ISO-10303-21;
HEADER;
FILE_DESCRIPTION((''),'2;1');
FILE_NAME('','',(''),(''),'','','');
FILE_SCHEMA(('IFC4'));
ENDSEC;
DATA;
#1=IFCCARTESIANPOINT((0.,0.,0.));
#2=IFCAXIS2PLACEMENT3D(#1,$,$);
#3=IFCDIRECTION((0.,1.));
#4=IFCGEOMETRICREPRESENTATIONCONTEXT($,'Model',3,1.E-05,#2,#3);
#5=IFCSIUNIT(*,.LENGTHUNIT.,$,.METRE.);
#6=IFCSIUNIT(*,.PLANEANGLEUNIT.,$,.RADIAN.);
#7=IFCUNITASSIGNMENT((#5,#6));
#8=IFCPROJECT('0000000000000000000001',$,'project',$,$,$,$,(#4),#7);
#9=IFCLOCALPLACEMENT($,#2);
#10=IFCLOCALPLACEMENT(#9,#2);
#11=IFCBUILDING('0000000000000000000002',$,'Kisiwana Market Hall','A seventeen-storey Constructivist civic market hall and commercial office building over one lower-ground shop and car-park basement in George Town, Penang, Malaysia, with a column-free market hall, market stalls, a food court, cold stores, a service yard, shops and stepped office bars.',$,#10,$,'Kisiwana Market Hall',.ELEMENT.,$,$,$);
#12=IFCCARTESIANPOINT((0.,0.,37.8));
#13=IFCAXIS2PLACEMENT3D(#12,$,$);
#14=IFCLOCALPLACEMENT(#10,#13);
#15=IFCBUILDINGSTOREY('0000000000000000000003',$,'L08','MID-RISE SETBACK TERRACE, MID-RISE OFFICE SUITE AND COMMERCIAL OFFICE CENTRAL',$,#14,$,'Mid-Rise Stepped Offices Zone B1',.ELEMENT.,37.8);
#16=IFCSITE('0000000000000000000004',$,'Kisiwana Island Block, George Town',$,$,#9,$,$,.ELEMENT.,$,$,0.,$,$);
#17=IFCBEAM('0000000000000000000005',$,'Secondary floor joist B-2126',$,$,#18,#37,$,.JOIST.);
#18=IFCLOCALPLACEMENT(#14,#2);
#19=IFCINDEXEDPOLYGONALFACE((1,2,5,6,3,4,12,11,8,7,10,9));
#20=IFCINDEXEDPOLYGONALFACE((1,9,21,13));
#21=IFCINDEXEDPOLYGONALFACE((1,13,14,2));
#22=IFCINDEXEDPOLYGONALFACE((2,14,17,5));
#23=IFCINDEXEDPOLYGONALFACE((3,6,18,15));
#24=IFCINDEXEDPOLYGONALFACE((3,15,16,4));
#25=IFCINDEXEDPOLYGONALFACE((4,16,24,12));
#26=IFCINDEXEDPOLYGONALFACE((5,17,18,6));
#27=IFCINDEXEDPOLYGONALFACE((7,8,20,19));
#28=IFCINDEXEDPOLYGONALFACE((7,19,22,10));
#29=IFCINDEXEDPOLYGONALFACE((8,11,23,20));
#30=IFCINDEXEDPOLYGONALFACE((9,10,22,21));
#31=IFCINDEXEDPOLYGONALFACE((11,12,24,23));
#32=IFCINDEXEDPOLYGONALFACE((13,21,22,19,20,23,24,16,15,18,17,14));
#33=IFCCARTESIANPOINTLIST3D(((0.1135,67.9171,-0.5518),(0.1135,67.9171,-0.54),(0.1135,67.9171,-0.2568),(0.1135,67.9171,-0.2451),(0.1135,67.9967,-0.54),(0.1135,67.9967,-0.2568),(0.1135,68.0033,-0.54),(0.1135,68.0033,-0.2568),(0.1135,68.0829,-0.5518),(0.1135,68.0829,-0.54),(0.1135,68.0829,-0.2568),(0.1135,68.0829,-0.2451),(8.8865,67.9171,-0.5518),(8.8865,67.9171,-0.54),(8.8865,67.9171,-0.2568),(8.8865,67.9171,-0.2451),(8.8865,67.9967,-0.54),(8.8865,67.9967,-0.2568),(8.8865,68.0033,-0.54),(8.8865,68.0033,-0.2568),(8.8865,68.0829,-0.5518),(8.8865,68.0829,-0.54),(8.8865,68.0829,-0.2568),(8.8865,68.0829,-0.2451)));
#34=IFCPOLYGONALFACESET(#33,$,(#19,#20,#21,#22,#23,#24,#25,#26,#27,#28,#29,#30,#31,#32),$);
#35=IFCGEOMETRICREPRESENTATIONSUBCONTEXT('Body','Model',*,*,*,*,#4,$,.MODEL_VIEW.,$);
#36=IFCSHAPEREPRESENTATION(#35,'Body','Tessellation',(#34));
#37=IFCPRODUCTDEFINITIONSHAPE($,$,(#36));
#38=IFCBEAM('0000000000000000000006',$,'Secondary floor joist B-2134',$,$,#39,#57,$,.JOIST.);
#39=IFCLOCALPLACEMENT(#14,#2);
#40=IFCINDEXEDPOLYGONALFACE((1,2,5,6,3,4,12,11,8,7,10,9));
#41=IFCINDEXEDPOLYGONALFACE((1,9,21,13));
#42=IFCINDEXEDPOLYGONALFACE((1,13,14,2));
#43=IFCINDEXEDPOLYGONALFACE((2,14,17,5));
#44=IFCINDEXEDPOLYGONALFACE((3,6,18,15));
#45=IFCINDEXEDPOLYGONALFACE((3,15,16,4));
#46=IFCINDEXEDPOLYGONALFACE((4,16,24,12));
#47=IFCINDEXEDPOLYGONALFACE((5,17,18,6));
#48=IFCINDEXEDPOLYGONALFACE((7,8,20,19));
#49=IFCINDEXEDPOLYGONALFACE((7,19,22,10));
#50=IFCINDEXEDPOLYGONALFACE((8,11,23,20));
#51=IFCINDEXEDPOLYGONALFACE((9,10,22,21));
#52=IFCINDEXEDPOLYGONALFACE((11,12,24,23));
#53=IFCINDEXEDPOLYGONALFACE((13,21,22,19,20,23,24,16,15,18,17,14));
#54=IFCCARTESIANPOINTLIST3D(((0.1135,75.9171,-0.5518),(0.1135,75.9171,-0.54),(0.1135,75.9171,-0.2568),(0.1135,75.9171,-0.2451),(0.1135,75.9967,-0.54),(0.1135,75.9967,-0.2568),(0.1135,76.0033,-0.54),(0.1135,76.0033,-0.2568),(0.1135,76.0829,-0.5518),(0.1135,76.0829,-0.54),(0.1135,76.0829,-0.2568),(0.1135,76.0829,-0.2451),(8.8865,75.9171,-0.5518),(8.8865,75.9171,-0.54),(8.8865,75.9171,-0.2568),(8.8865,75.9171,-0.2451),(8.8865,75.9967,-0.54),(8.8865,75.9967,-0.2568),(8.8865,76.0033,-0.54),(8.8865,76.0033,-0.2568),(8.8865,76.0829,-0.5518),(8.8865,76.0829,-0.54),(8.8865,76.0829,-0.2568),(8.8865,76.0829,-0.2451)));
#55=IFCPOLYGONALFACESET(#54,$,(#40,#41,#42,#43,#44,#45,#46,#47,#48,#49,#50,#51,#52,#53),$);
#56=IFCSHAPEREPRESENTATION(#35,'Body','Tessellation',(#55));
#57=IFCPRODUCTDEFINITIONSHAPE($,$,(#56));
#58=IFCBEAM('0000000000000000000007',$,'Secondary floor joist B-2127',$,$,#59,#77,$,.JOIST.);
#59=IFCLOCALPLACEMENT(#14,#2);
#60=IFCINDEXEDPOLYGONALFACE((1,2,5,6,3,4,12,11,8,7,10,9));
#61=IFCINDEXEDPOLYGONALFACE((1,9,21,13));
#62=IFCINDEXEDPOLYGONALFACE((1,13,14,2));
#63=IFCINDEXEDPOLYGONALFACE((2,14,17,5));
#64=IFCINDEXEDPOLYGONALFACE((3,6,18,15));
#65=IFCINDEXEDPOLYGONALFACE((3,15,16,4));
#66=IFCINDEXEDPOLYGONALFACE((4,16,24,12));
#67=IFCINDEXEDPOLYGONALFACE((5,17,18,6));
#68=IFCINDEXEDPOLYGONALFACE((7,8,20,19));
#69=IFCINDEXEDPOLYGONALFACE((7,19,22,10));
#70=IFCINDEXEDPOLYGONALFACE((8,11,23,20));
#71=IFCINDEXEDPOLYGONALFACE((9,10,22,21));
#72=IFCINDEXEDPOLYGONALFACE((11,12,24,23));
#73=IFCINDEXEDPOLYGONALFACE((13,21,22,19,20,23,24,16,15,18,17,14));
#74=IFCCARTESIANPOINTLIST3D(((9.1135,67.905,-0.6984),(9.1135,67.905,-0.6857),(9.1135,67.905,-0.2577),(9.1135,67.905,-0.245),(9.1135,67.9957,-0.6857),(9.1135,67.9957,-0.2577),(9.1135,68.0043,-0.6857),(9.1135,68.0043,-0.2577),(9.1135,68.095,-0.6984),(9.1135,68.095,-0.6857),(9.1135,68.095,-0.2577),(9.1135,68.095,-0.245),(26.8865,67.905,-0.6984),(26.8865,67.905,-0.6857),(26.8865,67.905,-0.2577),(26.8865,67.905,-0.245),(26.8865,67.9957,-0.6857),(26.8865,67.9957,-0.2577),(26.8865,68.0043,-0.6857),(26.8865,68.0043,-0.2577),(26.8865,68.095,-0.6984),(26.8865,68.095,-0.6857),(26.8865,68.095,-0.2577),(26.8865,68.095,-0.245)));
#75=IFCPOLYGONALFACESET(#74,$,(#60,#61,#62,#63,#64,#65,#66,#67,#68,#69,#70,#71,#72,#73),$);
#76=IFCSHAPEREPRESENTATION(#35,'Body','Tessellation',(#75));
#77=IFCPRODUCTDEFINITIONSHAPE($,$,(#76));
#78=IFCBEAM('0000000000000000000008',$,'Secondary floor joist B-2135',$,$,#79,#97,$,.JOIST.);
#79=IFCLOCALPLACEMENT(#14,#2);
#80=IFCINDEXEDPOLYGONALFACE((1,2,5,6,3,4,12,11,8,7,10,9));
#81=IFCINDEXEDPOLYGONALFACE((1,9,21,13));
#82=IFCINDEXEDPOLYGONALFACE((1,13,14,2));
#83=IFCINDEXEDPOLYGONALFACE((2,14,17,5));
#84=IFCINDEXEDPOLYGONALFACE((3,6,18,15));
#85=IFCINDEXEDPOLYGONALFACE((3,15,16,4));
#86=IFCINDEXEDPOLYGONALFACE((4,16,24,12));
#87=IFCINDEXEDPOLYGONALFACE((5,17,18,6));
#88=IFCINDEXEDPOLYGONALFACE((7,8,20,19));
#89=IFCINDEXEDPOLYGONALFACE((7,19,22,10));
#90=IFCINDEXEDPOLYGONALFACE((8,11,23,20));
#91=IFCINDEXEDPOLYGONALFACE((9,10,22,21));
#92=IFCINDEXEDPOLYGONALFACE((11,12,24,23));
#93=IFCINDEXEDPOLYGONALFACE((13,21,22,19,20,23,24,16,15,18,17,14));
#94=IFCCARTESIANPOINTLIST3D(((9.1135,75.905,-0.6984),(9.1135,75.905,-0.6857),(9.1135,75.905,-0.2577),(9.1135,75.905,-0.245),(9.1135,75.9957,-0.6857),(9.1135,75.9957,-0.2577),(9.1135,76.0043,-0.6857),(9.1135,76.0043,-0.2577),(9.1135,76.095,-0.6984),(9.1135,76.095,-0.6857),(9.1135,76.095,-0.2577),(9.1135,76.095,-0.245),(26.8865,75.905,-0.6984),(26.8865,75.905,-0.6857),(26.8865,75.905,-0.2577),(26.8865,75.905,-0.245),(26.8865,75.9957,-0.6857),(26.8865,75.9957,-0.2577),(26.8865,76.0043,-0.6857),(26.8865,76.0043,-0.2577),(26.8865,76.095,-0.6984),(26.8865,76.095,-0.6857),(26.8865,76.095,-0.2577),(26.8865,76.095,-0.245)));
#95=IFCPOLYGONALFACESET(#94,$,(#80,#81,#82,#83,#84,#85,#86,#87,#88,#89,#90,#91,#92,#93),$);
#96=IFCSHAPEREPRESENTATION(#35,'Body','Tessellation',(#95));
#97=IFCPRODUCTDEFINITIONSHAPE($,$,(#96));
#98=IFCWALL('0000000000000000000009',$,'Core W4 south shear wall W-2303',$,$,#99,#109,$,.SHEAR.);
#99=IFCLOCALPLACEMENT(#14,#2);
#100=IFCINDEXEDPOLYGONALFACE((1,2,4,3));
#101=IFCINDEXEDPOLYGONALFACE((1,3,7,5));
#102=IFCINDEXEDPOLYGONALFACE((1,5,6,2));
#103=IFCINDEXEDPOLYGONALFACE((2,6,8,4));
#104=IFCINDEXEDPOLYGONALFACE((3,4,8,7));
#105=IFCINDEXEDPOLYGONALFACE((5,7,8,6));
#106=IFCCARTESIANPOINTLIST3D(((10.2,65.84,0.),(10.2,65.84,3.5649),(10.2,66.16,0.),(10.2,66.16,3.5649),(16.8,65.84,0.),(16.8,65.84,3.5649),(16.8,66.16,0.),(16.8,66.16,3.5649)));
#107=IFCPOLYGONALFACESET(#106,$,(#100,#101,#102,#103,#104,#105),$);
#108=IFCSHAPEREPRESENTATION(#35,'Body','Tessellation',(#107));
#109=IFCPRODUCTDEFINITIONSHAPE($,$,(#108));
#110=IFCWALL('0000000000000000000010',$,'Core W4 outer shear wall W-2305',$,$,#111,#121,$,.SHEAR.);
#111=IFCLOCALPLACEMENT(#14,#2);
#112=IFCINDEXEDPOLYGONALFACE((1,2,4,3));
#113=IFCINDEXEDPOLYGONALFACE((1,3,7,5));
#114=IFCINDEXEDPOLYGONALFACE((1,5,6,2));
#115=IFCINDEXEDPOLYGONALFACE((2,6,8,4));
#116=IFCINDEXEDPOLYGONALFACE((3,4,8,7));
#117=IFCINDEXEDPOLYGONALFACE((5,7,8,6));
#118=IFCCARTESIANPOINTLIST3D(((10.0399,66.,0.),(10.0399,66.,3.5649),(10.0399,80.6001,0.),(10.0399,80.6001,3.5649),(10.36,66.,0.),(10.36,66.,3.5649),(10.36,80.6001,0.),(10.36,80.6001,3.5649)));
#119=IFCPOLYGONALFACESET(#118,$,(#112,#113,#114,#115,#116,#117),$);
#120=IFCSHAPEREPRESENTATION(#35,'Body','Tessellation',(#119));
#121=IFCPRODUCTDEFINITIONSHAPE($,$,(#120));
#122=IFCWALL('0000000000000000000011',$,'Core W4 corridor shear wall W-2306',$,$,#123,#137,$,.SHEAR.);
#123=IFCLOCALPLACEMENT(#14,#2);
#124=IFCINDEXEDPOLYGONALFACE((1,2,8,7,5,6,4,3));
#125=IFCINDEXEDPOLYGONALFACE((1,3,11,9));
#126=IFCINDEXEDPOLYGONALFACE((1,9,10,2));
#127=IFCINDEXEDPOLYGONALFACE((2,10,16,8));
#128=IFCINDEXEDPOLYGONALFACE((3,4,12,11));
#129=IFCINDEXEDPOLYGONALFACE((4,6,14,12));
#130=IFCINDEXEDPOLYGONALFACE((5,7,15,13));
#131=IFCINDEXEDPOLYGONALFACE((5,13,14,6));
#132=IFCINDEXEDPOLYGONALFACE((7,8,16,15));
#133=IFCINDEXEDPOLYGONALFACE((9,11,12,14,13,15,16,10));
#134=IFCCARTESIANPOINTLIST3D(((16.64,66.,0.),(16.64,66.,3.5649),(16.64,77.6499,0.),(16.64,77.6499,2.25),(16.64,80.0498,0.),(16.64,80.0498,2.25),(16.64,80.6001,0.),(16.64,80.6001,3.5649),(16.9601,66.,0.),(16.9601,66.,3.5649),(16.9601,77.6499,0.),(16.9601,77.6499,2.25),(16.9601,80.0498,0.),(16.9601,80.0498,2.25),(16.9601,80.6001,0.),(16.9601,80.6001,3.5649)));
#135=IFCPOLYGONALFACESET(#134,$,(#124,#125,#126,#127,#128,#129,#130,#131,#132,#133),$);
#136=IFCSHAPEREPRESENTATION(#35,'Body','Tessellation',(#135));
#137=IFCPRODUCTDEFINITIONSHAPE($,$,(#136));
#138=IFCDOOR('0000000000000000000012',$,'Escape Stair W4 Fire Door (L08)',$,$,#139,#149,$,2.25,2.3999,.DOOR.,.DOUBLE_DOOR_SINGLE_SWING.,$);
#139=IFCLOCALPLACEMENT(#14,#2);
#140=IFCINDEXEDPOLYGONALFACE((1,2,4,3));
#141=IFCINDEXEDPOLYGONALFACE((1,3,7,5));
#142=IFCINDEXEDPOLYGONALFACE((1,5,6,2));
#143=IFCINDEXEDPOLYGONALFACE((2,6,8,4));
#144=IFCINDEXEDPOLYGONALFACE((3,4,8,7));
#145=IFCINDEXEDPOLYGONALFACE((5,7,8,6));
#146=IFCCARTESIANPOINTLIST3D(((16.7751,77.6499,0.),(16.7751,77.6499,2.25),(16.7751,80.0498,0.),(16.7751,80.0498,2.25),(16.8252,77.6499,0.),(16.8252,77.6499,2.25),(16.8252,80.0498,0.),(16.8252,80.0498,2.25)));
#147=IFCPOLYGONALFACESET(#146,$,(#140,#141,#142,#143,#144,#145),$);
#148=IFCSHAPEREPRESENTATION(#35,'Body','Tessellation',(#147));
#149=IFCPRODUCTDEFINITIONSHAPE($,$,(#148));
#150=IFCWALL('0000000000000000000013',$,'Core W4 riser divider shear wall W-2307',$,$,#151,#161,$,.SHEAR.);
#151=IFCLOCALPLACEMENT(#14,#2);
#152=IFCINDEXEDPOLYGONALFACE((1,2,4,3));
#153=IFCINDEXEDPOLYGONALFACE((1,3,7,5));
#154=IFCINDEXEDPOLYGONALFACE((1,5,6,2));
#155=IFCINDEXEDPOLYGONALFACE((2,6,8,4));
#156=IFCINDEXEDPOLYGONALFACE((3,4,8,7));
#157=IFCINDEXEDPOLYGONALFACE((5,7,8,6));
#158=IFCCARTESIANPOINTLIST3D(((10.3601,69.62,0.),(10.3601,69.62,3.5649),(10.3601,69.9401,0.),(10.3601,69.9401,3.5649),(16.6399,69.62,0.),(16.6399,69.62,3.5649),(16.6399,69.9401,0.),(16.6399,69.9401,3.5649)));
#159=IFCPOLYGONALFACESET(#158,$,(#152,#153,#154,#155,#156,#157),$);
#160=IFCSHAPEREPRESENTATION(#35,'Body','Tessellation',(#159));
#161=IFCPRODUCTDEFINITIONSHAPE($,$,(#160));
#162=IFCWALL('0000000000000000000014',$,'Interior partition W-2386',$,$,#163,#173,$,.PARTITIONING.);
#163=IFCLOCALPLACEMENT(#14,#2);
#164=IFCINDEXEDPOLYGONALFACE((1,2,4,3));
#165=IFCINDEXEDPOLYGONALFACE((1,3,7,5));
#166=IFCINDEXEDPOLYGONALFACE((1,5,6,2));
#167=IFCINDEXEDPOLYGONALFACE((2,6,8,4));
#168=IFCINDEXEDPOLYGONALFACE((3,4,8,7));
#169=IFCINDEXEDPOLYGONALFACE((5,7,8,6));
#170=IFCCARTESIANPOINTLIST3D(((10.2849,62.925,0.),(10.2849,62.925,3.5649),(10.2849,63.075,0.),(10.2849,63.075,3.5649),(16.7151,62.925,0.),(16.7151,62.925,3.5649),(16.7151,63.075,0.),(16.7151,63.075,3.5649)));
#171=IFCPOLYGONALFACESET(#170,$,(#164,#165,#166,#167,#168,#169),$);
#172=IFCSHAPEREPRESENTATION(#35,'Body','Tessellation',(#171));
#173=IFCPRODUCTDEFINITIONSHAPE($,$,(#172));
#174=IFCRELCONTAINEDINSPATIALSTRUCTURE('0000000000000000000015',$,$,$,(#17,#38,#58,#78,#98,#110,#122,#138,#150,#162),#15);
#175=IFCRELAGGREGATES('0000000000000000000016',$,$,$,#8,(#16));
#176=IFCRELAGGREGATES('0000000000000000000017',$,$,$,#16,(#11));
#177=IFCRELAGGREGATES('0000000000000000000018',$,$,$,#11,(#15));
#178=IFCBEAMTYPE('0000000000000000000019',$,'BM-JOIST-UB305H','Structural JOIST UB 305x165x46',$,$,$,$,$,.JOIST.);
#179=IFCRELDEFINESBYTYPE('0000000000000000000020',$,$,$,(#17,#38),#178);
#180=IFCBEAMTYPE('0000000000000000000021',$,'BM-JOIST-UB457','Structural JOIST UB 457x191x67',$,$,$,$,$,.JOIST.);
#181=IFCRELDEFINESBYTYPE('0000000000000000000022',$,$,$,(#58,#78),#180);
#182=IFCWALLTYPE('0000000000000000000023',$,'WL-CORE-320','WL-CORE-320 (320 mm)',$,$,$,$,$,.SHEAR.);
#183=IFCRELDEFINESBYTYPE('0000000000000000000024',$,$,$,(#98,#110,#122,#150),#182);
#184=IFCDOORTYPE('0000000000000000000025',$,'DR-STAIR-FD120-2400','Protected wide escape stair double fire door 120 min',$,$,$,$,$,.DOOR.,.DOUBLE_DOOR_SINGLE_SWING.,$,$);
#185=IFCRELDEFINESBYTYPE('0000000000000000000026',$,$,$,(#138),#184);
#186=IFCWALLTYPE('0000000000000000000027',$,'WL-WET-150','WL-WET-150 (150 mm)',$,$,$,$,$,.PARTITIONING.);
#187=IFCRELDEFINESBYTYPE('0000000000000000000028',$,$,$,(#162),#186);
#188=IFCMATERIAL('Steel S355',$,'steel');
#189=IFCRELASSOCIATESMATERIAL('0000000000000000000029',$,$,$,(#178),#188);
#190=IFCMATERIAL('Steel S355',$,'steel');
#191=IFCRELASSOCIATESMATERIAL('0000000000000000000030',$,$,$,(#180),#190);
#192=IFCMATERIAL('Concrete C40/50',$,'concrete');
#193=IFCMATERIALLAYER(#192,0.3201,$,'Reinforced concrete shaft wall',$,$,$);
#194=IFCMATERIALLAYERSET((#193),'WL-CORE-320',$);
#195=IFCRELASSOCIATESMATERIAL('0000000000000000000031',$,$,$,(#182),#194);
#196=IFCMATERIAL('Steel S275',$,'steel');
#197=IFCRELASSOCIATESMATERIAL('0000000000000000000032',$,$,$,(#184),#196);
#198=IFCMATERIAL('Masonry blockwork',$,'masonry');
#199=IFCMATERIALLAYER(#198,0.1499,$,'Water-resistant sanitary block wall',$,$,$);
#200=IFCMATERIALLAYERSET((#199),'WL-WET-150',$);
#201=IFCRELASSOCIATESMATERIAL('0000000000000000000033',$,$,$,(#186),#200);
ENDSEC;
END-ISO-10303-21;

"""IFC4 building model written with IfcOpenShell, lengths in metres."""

from ifc_helpers import new_model, si_unit, direction, frame, frame_2d, origin, origin_2d, place, context, subcontext, project, spatial, rectangle, i_section, extrude, material, layer, layer_set, material_profile, profile_set, type_object, element, fill, save


model = new_model("IFC4")

# Units and contexts
model_context = context("Model", 3, precision=1e-05, world=origin(), true_north=direction((0.0, 1.0)))
body_context = subcontext(model_context, "Body", "Model", "MODEL_VIEW")
ifc_project = project(units=[si_unit("LENGTHUNIT", "METRE"), si_unit("PLANEANGLEUNIT", "RADIAN")], contexts=[model_context])

# Site, building, storey
site_placement = place(None, origin())
site = spatial("IfcSite", under=ifc_project, at=site_placement, Name="Kisiwana Island Block, George Town", CompositionType="ELEMENT", RefElevation=0.0)
building_placement = place(site_placement, origin())
building = spatial("IfcBuilding", under=site, at=building_placement, Name="Kisiwana Market Hall", Description="A seventeen-storey Constructivist civic market hall and commercial office building over one lower-ground shop and car-park basement in George Town, Penang, Malaysia, with a column-free market hall, market stalls, a food court, cold stores, a service yard, shops and stepped office bars.", LongName="Kisiwana Market Hall", CompositionType="ELEMENT")
storey_placement = place(building_placement, frame((0.0, 0.0, 37.8)))
storey = spatial("IfcBuildingStorey", under=building, at=storey_placement, Name="L08", Description="MID-RISE SETBACK TERRACE, MID-RISE OFFICE SUITE AND COMMERCIAL OFFICE CENTRAL", LongName="Mid-Rise Stepped Offices Zone B1", CompositionType="ELEMENT", Elevation=37.8)

# Beams
ifc_material_1 = material(Name="Steel S355", Category="steel")
ifc_material_profile_1 = material_profile(ifc_material_1, i_section(OverallWidth=0.1658, OverallDepth=0.3066, WebThickness=0.0066, FlangeThickness=0.0117, at=origin_2d()), Name="UB 305x165x46")
ifc_profile_set_1 = profile_set([ifc_material_profile_1], Name="Steel S355")
beam_type_1 = type_object("IfcBeamType", Name="BM-JOIST-UB305H", Description="Structural JOIST UB 305x165x46", PredefinedType="JOIST", material=ifc_profile_set_1)
for number, where, z_axis, x_axis, name in (
    (1, (0.1135, 68.0, -0.3984), (1.0, 0.0, 0.0), (0.0, 1.0, 0.0), "Secondary floor joist B-2126"),
    (2, (0.1135, 76.0, -0.3984), (1.0, 0.0, 0.0), (0.0, 1.0, 0.0), "Secondary floor joist B-2134"),
):
    element("IfcBeam", number, at=place(storey_placement, frame(where, z_axis=z_axis, x_axis=x_axis)), inside=storey, type_object=beam_type_1, Name=name, PredefinedType="JOIST", context=body_context, shape_type="SweptSolid", body=[
        extrude(i_section(OverallWidth=0.1658, OverallDepth=0.3066, WebThickness=0.0066, FlangeThickness=0.0117, at=origin_2d()), origin(), (0.0, 0.0, 1.0), 8.7729),
    ])
ifc_material_2 = material(Name="Steel S355", Category="steel")
ifc_material_profile_2 = material_profile(ifc_material_2, i_section(OverallWidth=0.1899, OverallDepth=0.4534, WebThickness=0.0085, FlangeThickness=0.0127, at=origin_2d()), Name="UB 457x191x67")
ifc_profile_set_2 = profile_set([ifc_material_profile_2], Name="Steel S355")
beam_type_2 = type_object("IfcBeamType", Name="BM-JOIST-UB457", Description="Structural JOIST UB 457x191x67", PredefinedType="JOIST", material=ifc_profile_set_2)
for number, where, z_axis, x_axis, name in (
    (3, (9.1135, 68.0, -0.4717), (1.0, 0.0, 0.0), (0.0, 1.0, 0.0), "Secondary floor joist B-2127"),
    (4, (9.1135, 76.0, -0.4717), (1.0, 0.0, 0.0), (0.0, 1.0, 0.0), "Secondary floor joist B-2135"),
):
    element("IfcBeam", number, at=place(storey_placement, frame(where, z_axis=z_axis, x_axis=x_axis)), inside=storey, type_object=beam_type_2, Name=name, PredefinedType="JOIST", context=body_context, shape_type="SweptSolid", body=[
        extrude(i_section(OverallWidth=0.1899, OverallDepth=0.4534, WebThickness=0.0085, FlangeThickness=0.0127, at=origin_2d()), origin(), (0.0, 0.0, 1.0), 17.7729),
    ])

# Walls
ifc_material_3 = material(Name="Concrete C40/50", Category="concrete")
ifc_layer_1 = layer(ifc_material_3, 0.3201, Name="Reinforced concrete shaft wall")
ifc_layer_set_1 = layer_set([ifc_layer_1], Name="WL-CORE-320")
wall_type_1 = type_object("IfcWallType", Name="WL-CORE-320", Description="WL-CORE-320 (320 mm)", PredefinedType="SHEAR", material=ifc_layer_set_1)
wall_1_placement = place(storey_placement, frame((10.2, 66.0, 0.0), z_axis=(0.0, 0.0, 1.0), x_axis=(1.0, 0.0, 0.0)))
element("IfcWall", 5, at=wall_1_placement, inside=storey, type_object=wall_type_1, Name="Core W4 south shear wall W-2303", PredefinedType="SHEAR", context=body_context, shape_type="SweptSolid", body=[
    extrude(rectangle(XDim=6.6001, YDim=0.3201, at=frame_2d((3.3, 0.0))), origin(), (0.0, 0.0, 1.0), 3.5649),
])
wall_2_placement = place(storey_placement, frame((10.2, 66.0, 0.0), z_axis=(0.0, 0.0, 1.0), x_axis=(0.0, 1.0, 0.0)))
element("IfcWall", 6, at=wall_2_placement, inside=storey, type_object=wall_type_1, Name="Core W4 outer shear wall W-2305", PredefinedType="SHEAR", context=body_context, shape_type="SweptSolid", body=[
    extrude(rectangle(XDim=14.6001, YDim=0.3201, at=frame_2d((7.3, 0.0))), origin(), (0.0, 0.0, 1.0), 3.5649),
])

# Wall, opening, door
wall_3_placement = place(storey_placement, frame((16.8, 66.0, 0.0), z_axis=(0.0, 0.0, 1.0), x_axis=(0.0, 1.0, 0.0)))
wall_3 = element("IfcWall", 7, at=wall_3_placement, inside=storey, type_object=wall_type_1, Name="Core W4 corridor shear wall W-2306", PredefinedType="SHEAR", context=body_context, shape_type="SweptSolid", body=[
    extrude(rectangle(XDim=14.6001, YDim=0.3201, at=frame_2d((7.3, 0.0))), origin(), (0.0, 0.0, 1.0), 3.5649),
])
opening_placement = place(wall_3_placement, frame((11.6499, 0.0, 0.0)))
opening = element("IfcOpeningElement", 8, at=opening_placement, cuts=wall_3, PredefinedType="OPENING", context=body_context, shape_type="SweptSolid", body=[
    extrude(rectangle(XDim=2.3999, YDim=2.25, at=frame_2d((1.2, 1.125))), frame((0.0, 0.1719, 0.0), z_axis=(0.0, -1.0, 0.0), x_axis=(1.0, 0.0, 0.0)), (0.0, 0.0, 1.0), 0.344),
])
ifc_material_4 = material(Name="Steel S275", Category="steel")
door_type = type_object("IfcDoorType", Name="DR-STAIR-FD120-2400", Description="Protected wide escape stair double fire door 120 min", OperationType="DOUBLE_DOOR_SINGLE_SWING", PredefinedType="DOOR", material=ifc_material_4)
door_placement = place(opening_placement, origin())
door = element("IfcDoor", 9, at=door_placement, inside=storey, type_object=door_type, Name="Escape Stair W4 Fire Door (L08)", OperationType="DOUBLE_DOOR_SINGLE_SWING", OverallHeight=2.25, OverallWidth=2.3999, PredefinedType="DOOR", context=body_context, shape_type="SweptSolid", body=[
    extrude(rectangle(XDim=2.3999, YDim=2.25, at=frame_2d((1.2, 1.125))), frame((0.0, 0.0249, 0.0), z_axis=(0.0, -1.0, 0.0), x_axis=(1.0, 0.0, 0.0)), (0.0, 0.0, 1.0), 0.05),
])
fill(opening, door)

# Walls
wall_4_placement = place(storey_placement, frame((10.3601, 69.78, 0.0), z_axis=(0.0, 0.0, 1.0), x_axis=(1.0, 0.0, 0.0)))
element("IfcWall", 10, at=wall_4_placement, inside=storey, type_object=wall_type_1, Name="Core W4 riser divider shear wall W-2307", PredefinedType="SHEAR", context=body_context, shape_type="SweptSolid", body=[
    extrude(rectangle(XDim=6.2798, YDim=0.3201, at=frame_2d((3.1399, 0.0))), origin(), (0.0, 0.0, 1.0), 3.5649),
])
ifc_material_5 = material(Name="Masonry blockwork", Category="masonry")
ifc_layer_2 = layer(ifc_material_5, 0.1499, Name="Water-resistant sanitary block wall")
ifc_layer_set_2 = layer_set([ifc_layer_2], Name="WL-WET-150")
wall_type_2 = type_object("IfcWallType", Name="WL-WET-150", Description="WL-WET-150 (150 mm)", PredefinedType="PARTITIONING", material=ifc_layer_set_2)
wall_5_placement = place(storey_placement, frame((10.2849, 63.0, 0.0), z_axis=(0.0, 0.0, 1.0), x_axis=(1.0, 0.0, 0.0)))
element("IfcWall", 11, at=wall_5_placement, inside=storey, type_object=wall_type_2, Name="Interior partition W-2386", PredefinedType="PARTITIONING", context=body_context, shape_type="SweptSolid", body=[
    extrude(rectangle(XDim=6.4302, YDim=0.1499, at=frame_2d((3.2151, 0.0))), origin(), (0.0, 0.0, 1.0), 3.5649),
])

save(model, "model.ifc")
